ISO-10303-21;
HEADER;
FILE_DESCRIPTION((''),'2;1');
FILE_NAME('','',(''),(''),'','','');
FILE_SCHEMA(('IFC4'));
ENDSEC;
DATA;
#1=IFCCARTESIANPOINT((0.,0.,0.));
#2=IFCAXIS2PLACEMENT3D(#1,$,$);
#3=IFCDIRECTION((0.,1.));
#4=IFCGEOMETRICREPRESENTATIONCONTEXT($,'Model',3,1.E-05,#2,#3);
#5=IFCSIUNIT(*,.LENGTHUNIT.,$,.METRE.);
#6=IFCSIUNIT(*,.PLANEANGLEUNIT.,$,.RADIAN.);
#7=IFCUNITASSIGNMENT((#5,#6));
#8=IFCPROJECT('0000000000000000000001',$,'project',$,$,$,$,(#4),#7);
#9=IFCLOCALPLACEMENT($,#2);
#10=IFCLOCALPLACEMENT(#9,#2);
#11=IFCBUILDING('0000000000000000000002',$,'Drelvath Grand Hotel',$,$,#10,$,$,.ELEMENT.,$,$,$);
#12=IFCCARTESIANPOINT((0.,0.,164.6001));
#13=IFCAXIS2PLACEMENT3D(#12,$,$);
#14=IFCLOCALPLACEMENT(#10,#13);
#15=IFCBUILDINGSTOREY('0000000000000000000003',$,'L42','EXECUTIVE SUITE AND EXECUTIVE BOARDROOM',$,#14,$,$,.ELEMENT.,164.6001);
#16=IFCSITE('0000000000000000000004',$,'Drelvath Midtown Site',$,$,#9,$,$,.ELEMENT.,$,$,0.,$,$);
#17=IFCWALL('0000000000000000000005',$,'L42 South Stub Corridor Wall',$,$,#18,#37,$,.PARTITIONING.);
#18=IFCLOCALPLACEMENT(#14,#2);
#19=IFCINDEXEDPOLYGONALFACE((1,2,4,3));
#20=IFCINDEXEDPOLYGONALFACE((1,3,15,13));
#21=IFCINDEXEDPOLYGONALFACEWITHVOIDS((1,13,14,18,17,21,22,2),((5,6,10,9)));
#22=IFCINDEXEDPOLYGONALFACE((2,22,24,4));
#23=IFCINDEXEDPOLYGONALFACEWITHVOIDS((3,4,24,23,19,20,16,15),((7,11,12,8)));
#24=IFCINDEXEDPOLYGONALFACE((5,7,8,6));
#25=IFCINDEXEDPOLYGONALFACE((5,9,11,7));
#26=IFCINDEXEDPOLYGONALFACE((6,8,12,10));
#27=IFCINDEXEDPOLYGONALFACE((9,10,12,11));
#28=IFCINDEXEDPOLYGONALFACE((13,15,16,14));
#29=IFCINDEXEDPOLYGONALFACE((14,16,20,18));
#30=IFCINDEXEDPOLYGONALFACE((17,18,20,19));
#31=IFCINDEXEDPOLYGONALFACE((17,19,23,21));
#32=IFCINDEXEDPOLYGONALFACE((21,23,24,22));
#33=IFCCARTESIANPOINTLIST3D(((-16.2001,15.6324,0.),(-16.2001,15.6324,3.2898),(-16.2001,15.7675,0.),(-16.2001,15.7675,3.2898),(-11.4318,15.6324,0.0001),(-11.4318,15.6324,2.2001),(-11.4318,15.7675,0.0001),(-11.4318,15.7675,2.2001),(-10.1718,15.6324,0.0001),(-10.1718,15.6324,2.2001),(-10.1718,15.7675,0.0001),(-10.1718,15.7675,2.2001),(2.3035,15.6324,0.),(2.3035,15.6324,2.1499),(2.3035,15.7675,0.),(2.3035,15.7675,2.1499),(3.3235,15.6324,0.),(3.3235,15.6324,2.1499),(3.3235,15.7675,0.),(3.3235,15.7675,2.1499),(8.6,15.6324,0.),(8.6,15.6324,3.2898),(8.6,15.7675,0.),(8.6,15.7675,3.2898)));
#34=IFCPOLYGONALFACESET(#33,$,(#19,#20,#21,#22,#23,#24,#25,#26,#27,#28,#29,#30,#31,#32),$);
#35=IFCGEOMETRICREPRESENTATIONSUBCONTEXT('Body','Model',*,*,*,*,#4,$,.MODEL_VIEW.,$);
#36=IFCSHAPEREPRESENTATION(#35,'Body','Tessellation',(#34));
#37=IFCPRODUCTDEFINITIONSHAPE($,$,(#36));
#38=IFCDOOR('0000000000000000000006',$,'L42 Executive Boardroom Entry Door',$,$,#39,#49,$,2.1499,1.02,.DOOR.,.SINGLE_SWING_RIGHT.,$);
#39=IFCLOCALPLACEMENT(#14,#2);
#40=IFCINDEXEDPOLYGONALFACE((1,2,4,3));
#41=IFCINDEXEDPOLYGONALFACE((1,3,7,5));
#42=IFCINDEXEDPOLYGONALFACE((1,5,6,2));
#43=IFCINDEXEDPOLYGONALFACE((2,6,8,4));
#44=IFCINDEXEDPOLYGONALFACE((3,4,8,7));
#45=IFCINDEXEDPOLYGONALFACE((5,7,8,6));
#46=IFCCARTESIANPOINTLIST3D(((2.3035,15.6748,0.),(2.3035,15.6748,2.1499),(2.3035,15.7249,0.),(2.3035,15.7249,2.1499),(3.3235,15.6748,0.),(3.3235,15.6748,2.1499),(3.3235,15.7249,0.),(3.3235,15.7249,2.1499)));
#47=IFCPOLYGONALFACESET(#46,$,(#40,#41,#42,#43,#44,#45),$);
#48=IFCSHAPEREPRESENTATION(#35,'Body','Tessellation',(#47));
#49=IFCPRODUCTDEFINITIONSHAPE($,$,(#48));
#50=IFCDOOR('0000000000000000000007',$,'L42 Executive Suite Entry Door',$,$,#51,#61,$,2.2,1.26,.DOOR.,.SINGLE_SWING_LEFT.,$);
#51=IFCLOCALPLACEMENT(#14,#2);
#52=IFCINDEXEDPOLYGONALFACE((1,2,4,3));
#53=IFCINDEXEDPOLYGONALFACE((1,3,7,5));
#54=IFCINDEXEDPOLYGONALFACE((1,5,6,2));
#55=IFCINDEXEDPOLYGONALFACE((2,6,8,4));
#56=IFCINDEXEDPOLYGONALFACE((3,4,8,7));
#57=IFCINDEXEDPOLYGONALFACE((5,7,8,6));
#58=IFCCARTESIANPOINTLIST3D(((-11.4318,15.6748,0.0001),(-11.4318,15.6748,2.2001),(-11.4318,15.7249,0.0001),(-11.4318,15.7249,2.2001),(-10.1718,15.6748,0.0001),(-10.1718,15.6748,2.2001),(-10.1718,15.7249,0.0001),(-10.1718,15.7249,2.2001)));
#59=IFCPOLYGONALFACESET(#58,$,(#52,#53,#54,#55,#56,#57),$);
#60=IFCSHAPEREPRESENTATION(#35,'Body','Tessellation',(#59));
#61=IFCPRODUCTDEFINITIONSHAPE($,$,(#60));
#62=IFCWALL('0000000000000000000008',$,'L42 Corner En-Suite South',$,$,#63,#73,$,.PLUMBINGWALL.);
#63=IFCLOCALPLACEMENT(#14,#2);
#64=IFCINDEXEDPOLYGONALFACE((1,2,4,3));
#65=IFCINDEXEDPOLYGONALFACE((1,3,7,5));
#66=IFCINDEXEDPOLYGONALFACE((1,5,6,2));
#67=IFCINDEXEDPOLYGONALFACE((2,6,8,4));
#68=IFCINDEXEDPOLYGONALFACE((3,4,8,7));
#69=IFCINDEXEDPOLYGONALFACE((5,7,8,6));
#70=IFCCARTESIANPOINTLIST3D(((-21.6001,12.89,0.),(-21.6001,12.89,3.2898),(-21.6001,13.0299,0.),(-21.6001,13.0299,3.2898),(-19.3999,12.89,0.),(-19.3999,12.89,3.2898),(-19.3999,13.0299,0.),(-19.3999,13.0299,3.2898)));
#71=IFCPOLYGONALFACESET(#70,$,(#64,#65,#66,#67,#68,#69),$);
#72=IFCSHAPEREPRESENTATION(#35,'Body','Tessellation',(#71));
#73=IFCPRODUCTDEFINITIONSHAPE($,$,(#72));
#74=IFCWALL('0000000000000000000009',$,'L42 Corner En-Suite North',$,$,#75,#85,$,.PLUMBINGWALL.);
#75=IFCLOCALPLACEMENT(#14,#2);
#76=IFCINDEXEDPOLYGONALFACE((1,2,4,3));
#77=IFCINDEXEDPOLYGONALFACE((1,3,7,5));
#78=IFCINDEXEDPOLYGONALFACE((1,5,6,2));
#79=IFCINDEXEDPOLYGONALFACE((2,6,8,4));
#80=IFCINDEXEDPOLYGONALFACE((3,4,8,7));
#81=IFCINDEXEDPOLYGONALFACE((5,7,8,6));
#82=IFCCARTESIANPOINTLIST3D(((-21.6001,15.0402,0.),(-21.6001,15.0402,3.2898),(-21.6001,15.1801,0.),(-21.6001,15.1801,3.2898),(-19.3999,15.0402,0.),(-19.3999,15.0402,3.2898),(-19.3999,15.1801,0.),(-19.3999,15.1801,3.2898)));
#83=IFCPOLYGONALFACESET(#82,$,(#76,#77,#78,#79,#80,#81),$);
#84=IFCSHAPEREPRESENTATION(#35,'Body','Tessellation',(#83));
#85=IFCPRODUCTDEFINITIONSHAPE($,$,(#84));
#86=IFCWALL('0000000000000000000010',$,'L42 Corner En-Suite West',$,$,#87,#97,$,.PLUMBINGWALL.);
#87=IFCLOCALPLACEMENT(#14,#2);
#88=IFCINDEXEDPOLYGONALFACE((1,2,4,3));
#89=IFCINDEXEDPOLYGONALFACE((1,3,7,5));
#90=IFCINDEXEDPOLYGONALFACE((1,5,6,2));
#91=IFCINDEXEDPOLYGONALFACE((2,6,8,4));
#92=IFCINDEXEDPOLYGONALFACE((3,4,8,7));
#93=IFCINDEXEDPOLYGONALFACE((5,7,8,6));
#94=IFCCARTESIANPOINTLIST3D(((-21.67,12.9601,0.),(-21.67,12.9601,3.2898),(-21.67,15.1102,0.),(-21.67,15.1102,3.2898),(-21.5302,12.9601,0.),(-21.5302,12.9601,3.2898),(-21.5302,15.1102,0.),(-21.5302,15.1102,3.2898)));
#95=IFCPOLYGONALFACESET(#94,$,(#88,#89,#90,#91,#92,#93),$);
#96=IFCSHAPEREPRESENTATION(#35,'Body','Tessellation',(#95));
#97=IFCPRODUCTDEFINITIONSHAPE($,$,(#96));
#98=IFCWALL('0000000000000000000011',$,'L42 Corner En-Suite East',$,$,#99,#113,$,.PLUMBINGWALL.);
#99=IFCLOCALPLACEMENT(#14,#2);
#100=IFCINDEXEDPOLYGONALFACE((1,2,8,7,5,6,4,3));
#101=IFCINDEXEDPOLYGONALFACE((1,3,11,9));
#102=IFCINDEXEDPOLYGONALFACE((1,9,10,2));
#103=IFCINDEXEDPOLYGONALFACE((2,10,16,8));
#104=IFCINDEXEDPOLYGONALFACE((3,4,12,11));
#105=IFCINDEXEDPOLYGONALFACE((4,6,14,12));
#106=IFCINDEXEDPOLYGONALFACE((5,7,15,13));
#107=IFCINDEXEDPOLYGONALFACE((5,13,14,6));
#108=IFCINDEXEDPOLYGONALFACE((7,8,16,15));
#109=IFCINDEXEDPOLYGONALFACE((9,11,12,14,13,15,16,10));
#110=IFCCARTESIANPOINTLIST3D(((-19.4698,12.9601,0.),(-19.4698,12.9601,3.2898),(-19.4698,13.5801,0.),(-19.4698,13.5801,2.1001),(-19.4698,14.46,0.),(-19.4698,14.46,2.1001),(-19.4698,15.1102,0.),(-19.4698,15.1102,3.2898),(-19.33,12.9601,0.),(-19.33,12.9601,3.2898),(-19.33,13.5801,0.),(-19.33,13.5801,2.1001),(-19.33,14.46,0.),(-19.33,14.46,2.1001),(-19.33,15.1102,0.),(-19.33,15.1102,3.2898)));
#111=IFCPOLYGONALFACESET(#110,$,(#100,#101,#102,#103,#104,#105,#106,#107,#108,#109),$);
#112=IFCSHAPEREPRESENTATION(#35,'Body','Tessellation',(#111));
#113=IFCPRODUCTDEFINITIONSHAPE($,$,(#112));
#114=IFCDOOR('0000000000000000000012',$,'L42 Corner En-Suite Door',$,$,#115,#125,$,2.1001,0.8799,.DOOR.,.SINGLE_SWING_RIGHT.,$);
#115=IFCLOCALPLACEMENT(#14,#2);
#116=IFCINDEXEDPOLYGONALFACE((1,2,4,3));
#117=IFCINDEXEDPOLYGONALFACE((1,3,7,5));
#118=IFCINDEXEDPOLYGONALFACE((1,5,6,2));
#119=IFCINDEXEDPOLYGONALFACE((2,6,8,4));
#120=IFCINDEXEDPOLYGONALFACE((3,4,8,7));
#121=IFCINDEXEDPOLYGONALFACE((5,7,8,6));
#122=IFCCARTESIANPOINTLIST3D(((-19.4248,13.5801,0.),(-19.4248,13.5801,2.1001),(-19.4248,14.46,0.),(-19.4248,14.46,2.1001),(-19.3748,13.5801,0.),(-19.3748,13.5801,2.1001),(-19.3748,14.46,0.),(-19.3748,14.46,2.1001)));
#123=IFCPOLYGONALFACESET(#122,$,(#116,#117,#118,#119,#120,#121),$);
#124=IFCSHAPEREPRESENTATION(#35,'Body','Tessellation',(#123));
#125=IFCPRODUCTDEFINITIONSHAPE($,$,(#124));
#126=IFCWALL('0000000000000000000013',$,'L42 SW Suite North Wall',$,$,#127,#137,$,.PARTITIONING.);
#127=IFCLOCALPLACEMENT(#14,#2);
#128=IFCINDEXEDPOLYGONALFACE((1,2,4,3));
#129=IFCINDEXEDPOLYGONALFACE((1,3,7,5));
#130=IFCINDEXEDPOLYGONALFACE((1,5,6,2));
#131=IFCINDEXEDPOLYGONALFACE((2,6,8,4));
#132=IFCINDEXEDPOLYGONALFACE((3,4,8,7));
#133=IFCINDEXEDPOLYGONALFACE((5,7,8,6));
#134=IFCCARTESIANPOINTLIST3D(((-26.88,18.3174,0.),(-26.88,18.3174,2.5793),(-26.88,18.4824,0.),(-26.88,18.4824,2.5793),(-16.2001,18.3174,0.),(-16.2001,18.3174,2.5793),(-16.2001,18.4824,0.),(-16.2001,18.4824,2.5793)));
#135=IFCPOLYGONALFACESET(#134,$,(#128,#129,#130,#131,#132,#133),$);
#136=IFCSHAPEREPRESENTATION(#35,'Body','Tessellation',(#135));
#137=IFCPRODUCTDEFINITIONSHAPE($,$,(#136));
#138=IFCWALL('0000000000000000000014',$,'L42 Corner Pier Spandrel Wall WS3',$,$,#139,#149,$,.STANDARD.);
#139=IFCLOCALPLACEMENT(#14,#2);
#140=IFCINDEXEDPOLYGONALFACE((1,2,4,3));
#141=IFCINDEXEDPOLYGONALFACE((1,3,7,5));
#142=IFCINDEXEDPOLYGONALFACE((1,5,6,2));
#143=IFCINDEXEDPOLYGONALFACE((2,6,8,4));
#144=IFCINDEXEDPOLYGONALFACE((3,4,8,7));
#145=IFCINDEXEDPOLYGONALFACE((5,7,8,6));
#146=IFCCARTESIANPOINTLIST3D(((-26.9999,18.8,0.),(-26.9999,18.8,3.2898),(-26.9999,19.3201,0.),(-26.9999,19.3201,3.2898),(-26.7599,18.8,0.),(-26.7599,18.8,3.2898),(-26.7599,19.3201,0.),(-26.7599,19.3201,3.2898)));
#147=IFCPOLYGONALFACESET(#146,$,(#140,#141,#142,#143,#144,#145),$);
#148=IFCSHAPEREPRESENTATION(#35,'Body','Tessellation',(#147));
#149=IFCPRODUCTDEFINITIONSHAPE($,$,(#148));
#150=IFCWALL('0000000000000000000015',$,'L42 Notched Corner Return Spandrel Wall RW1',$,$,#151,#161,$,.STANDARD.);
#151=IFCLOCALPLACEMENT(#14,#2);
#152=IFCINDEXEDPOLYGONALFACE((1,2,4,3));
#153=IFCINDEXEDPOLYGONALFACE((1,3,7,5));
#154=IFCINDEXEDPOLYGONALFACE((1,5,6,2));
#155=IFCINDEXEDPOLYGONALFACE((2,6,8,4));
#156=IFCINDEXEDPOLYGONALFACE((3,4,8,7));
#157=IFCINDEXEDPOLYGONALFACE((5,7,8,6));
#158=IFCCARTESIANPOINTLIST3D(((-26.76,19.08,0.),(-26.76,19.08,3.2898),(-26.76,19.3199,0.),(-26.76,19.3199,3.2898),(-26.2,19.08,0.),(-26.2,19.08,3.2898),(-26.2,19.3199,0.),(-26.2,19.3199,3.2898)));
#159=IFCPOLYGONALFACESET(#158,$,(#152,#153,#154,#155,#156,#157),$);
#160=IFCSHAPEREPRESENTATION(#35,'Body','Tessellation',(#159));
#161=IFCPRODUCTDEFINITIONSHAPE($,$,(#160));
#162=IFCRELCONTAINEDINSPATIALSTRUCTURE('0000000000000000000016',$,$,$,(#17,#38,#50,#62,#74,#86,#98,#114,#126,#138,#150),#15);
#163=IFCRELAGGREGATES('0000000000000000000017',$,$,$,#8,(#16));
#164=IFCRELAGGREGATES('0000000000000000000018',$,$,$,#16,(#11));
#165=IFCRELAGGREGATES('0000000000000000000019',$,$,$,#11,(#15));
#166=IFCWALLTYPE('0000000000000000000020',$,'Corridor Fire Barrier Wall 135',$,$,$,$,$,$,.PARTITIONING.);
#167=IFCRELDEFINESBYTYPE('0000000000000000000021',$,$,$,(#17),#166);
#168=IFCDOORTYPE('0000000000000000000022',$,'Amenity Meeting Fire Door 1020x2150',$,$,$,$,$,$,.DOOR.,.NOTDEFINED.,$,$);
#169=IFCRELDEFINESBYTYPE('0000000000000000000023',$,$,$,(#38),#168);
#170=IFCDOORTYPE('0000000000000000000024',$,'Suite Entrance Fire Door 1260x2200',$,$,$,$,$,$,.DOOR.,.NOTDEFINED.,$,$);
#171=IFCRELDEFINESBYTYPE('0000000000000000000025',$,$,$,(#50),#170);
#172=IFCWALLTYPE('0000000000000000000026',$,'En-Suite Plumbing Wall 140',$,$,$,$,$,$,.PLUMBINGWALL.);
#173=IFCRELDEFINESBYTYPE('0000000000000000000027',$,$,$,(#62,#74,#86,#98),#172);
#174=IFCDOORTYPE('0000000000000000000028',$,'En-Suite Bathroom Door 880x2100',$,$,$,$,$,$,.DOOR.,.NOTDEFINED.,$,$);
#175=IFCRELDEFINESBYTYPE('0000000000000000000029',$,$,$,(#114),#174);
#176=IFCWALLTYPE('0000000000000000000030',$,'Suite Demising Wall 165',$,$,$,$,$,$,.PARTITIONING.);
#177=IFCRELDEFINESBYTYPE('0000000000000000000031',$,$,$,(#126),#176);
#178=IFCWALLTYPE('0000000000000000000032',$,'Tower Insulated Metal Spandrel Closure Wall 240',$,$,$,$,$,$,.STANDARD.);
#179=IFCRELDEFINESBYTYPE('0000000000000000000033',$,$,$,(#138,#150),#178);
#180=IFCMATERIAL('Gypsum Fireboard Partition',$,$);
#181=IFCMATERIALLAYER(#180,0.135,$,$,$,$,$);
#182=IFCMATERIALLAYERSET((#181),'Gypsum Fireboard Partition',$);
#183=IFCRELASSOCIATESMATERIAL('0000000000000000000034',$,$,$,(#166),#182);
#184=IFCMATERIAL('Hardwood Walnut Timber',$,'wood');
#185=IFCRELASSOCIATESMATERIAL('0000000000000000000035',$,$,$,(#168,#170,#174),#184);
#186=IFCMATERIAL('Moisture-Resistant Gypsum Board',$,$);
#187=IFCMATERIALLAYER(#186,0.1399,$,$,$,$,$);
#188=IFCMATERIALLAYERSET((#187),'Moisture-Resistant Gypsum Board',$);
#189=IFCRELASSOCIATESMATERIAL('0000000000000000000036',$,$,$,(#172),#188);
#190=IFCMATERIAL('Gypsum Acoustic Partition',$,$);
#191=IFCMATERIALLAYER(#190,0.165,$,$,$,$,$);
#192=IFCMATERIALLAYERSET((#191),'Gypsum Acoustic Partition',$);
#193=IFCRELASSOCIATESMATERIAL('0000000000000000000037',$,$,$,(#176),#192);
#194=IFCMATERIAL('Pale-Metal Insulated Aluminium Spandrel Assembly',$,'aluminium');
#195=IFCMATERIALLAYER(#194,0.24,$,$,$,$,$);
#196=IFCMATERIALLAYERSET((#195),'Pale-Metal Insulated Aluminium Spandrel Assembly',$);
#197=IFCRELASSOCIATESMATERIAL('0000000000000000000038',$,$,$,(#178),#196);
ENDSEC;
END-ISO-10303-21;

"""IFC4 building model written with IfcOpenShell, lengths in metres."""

from ifc_helpers import new_model, si_unit, direction, frame, frame_2d, origin, place, context, subcontext, project, spatial, rectangle, extrude, material, layer, layer_set, type_object, element, fill, save


model = new_model("IFC4")

# Units and contexts
model_context = context("Model", 3, precision=1e-05, world=origin(), true_north=direction((0.0, 1.0)))
body_context = subcontext(model_context, "Body", "Model", "MODEL_VIEW")
ifc_project = project(units=[si_unit("LENGTHUNIT", "METRE"), si_unit("PLANEANGLEUNIT", "RADIAN")], contexts=[model_context])

# Site, building, storey
site_placement = place(None, origin())
site = spatial("IfcSite", under=ifc_project, at=site_placement, Name="Drelvath Midtown Site", CompositionType="ELEMENT", RefElevation=0.0)
building_placement = place(site_placement, origin())
building = spatial("IfcBuilding", under=site, at=building_placement, Name="Drelvath Grand Hotel", CompositionType="ELEMENT")
storey_placement = place(building_placement, frame((0.0, 0.0, 164.6001)))
storey = spatial("IfcBuildingStorey", under=building, at=storey_placement, Name="L42", Description="EXECUTIVE SUITE AND EXECUTIVE BOARDROOM", CompositionType="ELEMENT", Elevation=164.6001)

# Wall, openings, doors
ifc_material_1 = material(Name="Gypsum Fireboard Partition")
ifc_layer_1 = layer(ifc_material_1, 0.135)
ifc_layer_set_1 = layer_set([ifc_layer_1], Name="Gypsum Fireboard Partition")
wall_type_1 = type_object("IfcWallType", Name="Corridor Fire Barrier Wall 135", PredefinedType="PARTITIONING", material=ifc_layer_set_1)
wall_1_placement = place(storey_placement, frame((-16.2, 15.7, 0.0), z_axis=(0.0, 0.0, 1.0), x_axis=(1.0, 0.0, 0.0)))
wall_1 = element("IfcWall", 1, at=wall_1_placement, inside=storey, type_object=wall_type_1, Name="L42 South Stub Corridor Wall", PredefinedType="PARTITIONING", context=body_context, shape_type="SweptSolid", body=[
    extrude(rectangle(XDim=24.8, YDim=0.135, at=frame_2d((12.3999, 0.0))), origin(), (0.0, 0.0, 1.0), 3.2898),
])
opening_1_placement = place(wall_1_placement, frame((4.7683, 0.0, 0.0)))
opening_1 = element("IfcOpeningElement", 2, at=opening_1_placement, cuts=wall_1, PredefinedType="OPENING", context=body_context, shape_type="SweptSolid", body=[
    extrude(rectangle(XDim=1.26, YDim=2.2, at=frame_2d((0.6299, 1.1001))), frame((0.0, 0.0774, 0.0), z_axis=(0.0, -1.0, 0.0), x_axis=(1.0, 0.0, 0.0)), (0.0, 0.0, 1.0), 0.155),
])
opening_2_placement = place(wall_1_placement, frame((18.5034, 0.0, 0.0)))
opening_2 = element("IfcOpeningElement", 3, at=opening_2_placement, cuts=wall_1, PredefinedType="OPENING", context=body_context, shape_type="SweptSolid", body=[
    extrude(rectangle(XDim=1.02, YDim=2.1499, at=frame_2d((0.51, 1.075))), frame((0.0, 0.0774, 0.0), z_axis=(0.0, -1.0, 0.0), x_axis=(1.0, 0.0, 0.0)), (0.0, 0.0, 1.0), 0.155),
])
ifc_material_2 = material(Name="Hardwood Walnut Timber", Category="wood")
door_type_1 = type_object("IfcDoorType", Name="Amenity Meeting Fire Door 1020x2150", OperationType="NOTDEFINED", PredefinedType="DOOR", material=ifc_material_2)
door_1_placement = place(opening_2_placement, origin())
door_1 = element("IfcDoor", 4, at=door_1_placement, inside=storey, type_object=door_type_1, Name="L42 Executive Boardroom Entry Door", OperationType="SINGLE_SWING_RIGHT", OverallHeight=2.1499, OverallWidth=1.02, PredefinedType="DOOR", context=body_context, shape_type="SweptSolid", body=[
    extrude(rectangle(XDim=1.02, YDim=2.1499, at=frame_2d((0.51, 1.075))), frame((0.0, 0.0249, 0.0), z_axis=(0.0, -1.0, 0.0), x_axis=(1.0, 0.0, 0.0)), (0.0, 0.0, 1.0), 0.05),
])
fill(opening_2, door_1)
door_type_2 = type_object("IfcDoorType", Name="Suite Entrance Fire Door 1260x2200", OperationType="NOTDEFINED", PredefinedType="DOOR", material=ifc_material_2)
door_2_placement = place(opening_1_placement, origin())
door_2 = element("IfcDoor", 5, at=door_2_placement, inside=storey, type_object=door_type_2, Name="L42 Executive Suite Entry Door", OperationType="SINGLE_SWING_LEFT", OverallHeight=2.2, OverallWidth=1.26, PredefinedType="DOOR", context=body_context, shape_type="SweptSolid", body=[
    extrude(rectangle(XDim=1.26, YDim=2.2, at=frame_2d((0.6299, 1.1001))), frame((0.0, 0.0249, 0.0), z_axis=(0.0, -1.0, 0.0), x_axis=(1.0, 0.0, 0.0)), (0.0, 0.0, 1.0), 0.05),
])
fill(opening_1, door_2)

# Walls
ifc_material_3 = material(Name="Moisture-Resistant Gypsum Board")
ifc_layer_2 = layer(ifc_material_3, 0.1399)
ifc_layer_set_2 = layer_set([ifc_layer_2], Name="Moisture-Resistant Gypsum Board")
wall_type_2 = type_object("IfcWallType", Name="En-Suite Plumbing Wall 140", PredefinedType="PLUMBINGWALL", material=ifc_layer_set_2)
for number, where, z_axis, x_axis, name in (
    (6, (-21.6001, 12.96, 0.0), (0.0, 0.0, 1.0), (1.0, 0.0, 0.0), "L42 Corner En-Suite South"),
    (7, (-21.6001, 15.1101, 0.0), (0.0, 0.0, 1.0), (1.0, 0.0, 0.0), "L42 Corner En-Suite North"),
):
    element("IfcWall", number, at=place(storey_placement, frame(where, z_axis=z_axis, x_axis=x_axis)), inside=storey, type_object=wall_type_2, Name=name, PredefinedType="PLUMBINGWALL", context=body_context, shape_type="SweptSolid", body=[
        extrude(rectangle(XDim=2.2002, YDim=0.1399, at=frame_2d((1.1001, 0.0))), origin(), (0.0, 0.0, 1.0), 3.2898),
    ])
wall_2_placement = place(storey_placement, frame((-21.6001, 12.96, 0.0), z_axis=(0.0, 0.0, 1.0), x_axis=(0.0, 1.0, 0.0)))
element("IfcWall", 8, at=wall_2_placement, inside=storey, type_object=wall_type_2, Name="L42 Corner En-Suite West", PredefinedType="PLUMBINGWALL", context=body_context, shape_type="SweptSolid", body=[
    extrude(rectangle(XDim=2.1501, YDim=0.1399, at=frame_2d((1.0752, 0.0))), origin(), (0.0, 0.0, 1.0), 3.2898),
])

# Wall, opening, door
wall_3_placement = place(storey_placement, frame((-19.3999, 12.96, 0.0), z_axis=(0.0, 0.0, 1.0), x_axis=(0.0, 1.0, 0.0)))
wall_3 = element("IfcWall", 9, at=wall_3_placement, inside=storey, type_object=wall_type_2, Name="L42 Corner En-Suite East", PredefinedType="PLUMBINGWALL", context=body_context, shape_type="SweptSolid", body=[
    extrude(rectangle(XDim=2.1501, YDim=0.1399, at=frame_2d((1.0752, 0.0))), origin(), (0.0, 0.0, 1.0), 3.2898),
])
opening_3_placement = place(wall_3_placement, frame((0.6201, 0.0, 0.0)))
opening_3 = element("IfcOpeningElement", 10, at=opening_3_placement, cuts=wall_3, PredefinedType="OPENING", context=body_context, shape_type="SweptSolid", body=[
    extrude(rectangle(XDim=0.8799, YDim=2.1001, at=frame_2d((0.4399, 1.05))), frame((0.0, 0.0798, 0.0), z_axis=(0.0, -1.0, 0.0), x_axis=(1.0, 0.0, 0.0)), (0.0, 0.0, 1.0), 0.1599),
])
door_type_3 = type_object("IfcDoorType", Name="En-Suite Bathroom Door 880x2100", OperationType="NOTDEFINED", PredefinedType="DOOR", material=ifc_material_2)
door_3_placement = place(opening_3_placement, origin())
door_3 = element("IfcDoor", 11, at=door_3_placement, inside=storey, type_object=door_type_3, Name="L42 Corner En-Suite Door", OperationType="SINGLE_SWING_RIGHT", OverallHeight=2.1001, OverallWidth=0.8799, PredefinedType="DOOR", context=body_context, shape_type="SweptSolid", body=[
    extrude(rectangle(XDim=0.8799, YDim=2.1001, at=frame_2d((0.4399, 1.05))), frame((0.0, 0.0249, 0.0), z_axis=(0.0, -1.0, 0.0), x_axis=(1.0, 0.0, 0.0)), (0.0, 0.0, 1.0), 0.05),
])
fill(opening_3, door_3)

# Walls
ifc_material_4 = material(Name="Gypsum Acoustic Partition")
ifc_layer_3 = layer(ifc_material_4, 0.165)
ifc_layer_set_3 = layer_set([ifc_layer_3], Name="Gypsum Acoustic Partition")
wall_type_3 = type_object("IfcWallType", Name="Suite Demising Wall 165", PredefinedType="PARTITIONING", material=ifc_layer_set_3)
wall_4_placement = place(storey_placement, frame((-26.8799, 18.3999, 0.0), z_axis=(0.0, 0.0, 1.0), x_axis=(1.0, 0.0, 0.0)))
element("IfcWall", 12, at=wall_4_placement, inside=storey, type_object=wall_type_3, Name="L42 SW Suite North Wall", PredefinedType="PARTITIONING", context=body_context, shape_type="SweptSolid", body=[
    extrude(rectangle(XDim=10.6799, YDim=0.165, at=frame_2d((5.3398, 0.0))), origin(), (0.0, 0.0, 1.0), 2.5793),
])
ifc_material_5 = material(Name="Pale-Metal Insulated Aluminium Spandrel Assembly", Category="aluminium")
ifc_layer_4 = layer(ifc_material_5, 0.24)
ifc_layer_set_4 = layer_set([ifc_layer_4], Name="Pale-Metal Insulated Aluminium Spandrel Assembly")
wall_type_4 = type_object("IfcWallType", Name="Tower Insulated Metal Spandrel Closure Wall 240", PredefinedType="STANDARD", material=ifc_layer_set_4)
wall_5_placement = place(storey_placement, frame((-26.8799, 18.8, 0.0), z_axis=(0.0, 0.0, 1.0), x_axis=(0.0, 1.0, 0.0)))
element("IfcWall", 13, at=wall_5_placement, inside=storey, type_object=wall_type_4, Name="L42 Corner Pier Spandrel Wall WS3", PredefinedType="STANDARD", context=body_context, shape_type="SweptSolid", body=[
    extrude(rectangle(XDim=0.52, YDim=0.24, at=frame_2d((0.26, 0.0))), origin(), (0.0, 0.0, 1.0), 3.2898),
])
wall_6_placement = place(storey_placement, frame((-26.76, 19.2, 0.0), z_axis=(0.0, 0.0, 1.0), x_axis=(1.0, 0.0, 0.0)))
element("IfcWall", 14, at=wall_6_placement, inside=storey, type_object=wall_type_4, Name="L42 Notched Corner Return Spandrel Wall RW1", PredefinedType="STANDARD", context=body_context, shape_type="SweptSolid", body=[
    extrude(rectangle(XDim=0.5601, YDim=0.24, at=frame_2d((0.28, 0.0))), origin(), (0.0, 0.0, 1.0), 3.2898),
])

save(model, "model.ifc")
